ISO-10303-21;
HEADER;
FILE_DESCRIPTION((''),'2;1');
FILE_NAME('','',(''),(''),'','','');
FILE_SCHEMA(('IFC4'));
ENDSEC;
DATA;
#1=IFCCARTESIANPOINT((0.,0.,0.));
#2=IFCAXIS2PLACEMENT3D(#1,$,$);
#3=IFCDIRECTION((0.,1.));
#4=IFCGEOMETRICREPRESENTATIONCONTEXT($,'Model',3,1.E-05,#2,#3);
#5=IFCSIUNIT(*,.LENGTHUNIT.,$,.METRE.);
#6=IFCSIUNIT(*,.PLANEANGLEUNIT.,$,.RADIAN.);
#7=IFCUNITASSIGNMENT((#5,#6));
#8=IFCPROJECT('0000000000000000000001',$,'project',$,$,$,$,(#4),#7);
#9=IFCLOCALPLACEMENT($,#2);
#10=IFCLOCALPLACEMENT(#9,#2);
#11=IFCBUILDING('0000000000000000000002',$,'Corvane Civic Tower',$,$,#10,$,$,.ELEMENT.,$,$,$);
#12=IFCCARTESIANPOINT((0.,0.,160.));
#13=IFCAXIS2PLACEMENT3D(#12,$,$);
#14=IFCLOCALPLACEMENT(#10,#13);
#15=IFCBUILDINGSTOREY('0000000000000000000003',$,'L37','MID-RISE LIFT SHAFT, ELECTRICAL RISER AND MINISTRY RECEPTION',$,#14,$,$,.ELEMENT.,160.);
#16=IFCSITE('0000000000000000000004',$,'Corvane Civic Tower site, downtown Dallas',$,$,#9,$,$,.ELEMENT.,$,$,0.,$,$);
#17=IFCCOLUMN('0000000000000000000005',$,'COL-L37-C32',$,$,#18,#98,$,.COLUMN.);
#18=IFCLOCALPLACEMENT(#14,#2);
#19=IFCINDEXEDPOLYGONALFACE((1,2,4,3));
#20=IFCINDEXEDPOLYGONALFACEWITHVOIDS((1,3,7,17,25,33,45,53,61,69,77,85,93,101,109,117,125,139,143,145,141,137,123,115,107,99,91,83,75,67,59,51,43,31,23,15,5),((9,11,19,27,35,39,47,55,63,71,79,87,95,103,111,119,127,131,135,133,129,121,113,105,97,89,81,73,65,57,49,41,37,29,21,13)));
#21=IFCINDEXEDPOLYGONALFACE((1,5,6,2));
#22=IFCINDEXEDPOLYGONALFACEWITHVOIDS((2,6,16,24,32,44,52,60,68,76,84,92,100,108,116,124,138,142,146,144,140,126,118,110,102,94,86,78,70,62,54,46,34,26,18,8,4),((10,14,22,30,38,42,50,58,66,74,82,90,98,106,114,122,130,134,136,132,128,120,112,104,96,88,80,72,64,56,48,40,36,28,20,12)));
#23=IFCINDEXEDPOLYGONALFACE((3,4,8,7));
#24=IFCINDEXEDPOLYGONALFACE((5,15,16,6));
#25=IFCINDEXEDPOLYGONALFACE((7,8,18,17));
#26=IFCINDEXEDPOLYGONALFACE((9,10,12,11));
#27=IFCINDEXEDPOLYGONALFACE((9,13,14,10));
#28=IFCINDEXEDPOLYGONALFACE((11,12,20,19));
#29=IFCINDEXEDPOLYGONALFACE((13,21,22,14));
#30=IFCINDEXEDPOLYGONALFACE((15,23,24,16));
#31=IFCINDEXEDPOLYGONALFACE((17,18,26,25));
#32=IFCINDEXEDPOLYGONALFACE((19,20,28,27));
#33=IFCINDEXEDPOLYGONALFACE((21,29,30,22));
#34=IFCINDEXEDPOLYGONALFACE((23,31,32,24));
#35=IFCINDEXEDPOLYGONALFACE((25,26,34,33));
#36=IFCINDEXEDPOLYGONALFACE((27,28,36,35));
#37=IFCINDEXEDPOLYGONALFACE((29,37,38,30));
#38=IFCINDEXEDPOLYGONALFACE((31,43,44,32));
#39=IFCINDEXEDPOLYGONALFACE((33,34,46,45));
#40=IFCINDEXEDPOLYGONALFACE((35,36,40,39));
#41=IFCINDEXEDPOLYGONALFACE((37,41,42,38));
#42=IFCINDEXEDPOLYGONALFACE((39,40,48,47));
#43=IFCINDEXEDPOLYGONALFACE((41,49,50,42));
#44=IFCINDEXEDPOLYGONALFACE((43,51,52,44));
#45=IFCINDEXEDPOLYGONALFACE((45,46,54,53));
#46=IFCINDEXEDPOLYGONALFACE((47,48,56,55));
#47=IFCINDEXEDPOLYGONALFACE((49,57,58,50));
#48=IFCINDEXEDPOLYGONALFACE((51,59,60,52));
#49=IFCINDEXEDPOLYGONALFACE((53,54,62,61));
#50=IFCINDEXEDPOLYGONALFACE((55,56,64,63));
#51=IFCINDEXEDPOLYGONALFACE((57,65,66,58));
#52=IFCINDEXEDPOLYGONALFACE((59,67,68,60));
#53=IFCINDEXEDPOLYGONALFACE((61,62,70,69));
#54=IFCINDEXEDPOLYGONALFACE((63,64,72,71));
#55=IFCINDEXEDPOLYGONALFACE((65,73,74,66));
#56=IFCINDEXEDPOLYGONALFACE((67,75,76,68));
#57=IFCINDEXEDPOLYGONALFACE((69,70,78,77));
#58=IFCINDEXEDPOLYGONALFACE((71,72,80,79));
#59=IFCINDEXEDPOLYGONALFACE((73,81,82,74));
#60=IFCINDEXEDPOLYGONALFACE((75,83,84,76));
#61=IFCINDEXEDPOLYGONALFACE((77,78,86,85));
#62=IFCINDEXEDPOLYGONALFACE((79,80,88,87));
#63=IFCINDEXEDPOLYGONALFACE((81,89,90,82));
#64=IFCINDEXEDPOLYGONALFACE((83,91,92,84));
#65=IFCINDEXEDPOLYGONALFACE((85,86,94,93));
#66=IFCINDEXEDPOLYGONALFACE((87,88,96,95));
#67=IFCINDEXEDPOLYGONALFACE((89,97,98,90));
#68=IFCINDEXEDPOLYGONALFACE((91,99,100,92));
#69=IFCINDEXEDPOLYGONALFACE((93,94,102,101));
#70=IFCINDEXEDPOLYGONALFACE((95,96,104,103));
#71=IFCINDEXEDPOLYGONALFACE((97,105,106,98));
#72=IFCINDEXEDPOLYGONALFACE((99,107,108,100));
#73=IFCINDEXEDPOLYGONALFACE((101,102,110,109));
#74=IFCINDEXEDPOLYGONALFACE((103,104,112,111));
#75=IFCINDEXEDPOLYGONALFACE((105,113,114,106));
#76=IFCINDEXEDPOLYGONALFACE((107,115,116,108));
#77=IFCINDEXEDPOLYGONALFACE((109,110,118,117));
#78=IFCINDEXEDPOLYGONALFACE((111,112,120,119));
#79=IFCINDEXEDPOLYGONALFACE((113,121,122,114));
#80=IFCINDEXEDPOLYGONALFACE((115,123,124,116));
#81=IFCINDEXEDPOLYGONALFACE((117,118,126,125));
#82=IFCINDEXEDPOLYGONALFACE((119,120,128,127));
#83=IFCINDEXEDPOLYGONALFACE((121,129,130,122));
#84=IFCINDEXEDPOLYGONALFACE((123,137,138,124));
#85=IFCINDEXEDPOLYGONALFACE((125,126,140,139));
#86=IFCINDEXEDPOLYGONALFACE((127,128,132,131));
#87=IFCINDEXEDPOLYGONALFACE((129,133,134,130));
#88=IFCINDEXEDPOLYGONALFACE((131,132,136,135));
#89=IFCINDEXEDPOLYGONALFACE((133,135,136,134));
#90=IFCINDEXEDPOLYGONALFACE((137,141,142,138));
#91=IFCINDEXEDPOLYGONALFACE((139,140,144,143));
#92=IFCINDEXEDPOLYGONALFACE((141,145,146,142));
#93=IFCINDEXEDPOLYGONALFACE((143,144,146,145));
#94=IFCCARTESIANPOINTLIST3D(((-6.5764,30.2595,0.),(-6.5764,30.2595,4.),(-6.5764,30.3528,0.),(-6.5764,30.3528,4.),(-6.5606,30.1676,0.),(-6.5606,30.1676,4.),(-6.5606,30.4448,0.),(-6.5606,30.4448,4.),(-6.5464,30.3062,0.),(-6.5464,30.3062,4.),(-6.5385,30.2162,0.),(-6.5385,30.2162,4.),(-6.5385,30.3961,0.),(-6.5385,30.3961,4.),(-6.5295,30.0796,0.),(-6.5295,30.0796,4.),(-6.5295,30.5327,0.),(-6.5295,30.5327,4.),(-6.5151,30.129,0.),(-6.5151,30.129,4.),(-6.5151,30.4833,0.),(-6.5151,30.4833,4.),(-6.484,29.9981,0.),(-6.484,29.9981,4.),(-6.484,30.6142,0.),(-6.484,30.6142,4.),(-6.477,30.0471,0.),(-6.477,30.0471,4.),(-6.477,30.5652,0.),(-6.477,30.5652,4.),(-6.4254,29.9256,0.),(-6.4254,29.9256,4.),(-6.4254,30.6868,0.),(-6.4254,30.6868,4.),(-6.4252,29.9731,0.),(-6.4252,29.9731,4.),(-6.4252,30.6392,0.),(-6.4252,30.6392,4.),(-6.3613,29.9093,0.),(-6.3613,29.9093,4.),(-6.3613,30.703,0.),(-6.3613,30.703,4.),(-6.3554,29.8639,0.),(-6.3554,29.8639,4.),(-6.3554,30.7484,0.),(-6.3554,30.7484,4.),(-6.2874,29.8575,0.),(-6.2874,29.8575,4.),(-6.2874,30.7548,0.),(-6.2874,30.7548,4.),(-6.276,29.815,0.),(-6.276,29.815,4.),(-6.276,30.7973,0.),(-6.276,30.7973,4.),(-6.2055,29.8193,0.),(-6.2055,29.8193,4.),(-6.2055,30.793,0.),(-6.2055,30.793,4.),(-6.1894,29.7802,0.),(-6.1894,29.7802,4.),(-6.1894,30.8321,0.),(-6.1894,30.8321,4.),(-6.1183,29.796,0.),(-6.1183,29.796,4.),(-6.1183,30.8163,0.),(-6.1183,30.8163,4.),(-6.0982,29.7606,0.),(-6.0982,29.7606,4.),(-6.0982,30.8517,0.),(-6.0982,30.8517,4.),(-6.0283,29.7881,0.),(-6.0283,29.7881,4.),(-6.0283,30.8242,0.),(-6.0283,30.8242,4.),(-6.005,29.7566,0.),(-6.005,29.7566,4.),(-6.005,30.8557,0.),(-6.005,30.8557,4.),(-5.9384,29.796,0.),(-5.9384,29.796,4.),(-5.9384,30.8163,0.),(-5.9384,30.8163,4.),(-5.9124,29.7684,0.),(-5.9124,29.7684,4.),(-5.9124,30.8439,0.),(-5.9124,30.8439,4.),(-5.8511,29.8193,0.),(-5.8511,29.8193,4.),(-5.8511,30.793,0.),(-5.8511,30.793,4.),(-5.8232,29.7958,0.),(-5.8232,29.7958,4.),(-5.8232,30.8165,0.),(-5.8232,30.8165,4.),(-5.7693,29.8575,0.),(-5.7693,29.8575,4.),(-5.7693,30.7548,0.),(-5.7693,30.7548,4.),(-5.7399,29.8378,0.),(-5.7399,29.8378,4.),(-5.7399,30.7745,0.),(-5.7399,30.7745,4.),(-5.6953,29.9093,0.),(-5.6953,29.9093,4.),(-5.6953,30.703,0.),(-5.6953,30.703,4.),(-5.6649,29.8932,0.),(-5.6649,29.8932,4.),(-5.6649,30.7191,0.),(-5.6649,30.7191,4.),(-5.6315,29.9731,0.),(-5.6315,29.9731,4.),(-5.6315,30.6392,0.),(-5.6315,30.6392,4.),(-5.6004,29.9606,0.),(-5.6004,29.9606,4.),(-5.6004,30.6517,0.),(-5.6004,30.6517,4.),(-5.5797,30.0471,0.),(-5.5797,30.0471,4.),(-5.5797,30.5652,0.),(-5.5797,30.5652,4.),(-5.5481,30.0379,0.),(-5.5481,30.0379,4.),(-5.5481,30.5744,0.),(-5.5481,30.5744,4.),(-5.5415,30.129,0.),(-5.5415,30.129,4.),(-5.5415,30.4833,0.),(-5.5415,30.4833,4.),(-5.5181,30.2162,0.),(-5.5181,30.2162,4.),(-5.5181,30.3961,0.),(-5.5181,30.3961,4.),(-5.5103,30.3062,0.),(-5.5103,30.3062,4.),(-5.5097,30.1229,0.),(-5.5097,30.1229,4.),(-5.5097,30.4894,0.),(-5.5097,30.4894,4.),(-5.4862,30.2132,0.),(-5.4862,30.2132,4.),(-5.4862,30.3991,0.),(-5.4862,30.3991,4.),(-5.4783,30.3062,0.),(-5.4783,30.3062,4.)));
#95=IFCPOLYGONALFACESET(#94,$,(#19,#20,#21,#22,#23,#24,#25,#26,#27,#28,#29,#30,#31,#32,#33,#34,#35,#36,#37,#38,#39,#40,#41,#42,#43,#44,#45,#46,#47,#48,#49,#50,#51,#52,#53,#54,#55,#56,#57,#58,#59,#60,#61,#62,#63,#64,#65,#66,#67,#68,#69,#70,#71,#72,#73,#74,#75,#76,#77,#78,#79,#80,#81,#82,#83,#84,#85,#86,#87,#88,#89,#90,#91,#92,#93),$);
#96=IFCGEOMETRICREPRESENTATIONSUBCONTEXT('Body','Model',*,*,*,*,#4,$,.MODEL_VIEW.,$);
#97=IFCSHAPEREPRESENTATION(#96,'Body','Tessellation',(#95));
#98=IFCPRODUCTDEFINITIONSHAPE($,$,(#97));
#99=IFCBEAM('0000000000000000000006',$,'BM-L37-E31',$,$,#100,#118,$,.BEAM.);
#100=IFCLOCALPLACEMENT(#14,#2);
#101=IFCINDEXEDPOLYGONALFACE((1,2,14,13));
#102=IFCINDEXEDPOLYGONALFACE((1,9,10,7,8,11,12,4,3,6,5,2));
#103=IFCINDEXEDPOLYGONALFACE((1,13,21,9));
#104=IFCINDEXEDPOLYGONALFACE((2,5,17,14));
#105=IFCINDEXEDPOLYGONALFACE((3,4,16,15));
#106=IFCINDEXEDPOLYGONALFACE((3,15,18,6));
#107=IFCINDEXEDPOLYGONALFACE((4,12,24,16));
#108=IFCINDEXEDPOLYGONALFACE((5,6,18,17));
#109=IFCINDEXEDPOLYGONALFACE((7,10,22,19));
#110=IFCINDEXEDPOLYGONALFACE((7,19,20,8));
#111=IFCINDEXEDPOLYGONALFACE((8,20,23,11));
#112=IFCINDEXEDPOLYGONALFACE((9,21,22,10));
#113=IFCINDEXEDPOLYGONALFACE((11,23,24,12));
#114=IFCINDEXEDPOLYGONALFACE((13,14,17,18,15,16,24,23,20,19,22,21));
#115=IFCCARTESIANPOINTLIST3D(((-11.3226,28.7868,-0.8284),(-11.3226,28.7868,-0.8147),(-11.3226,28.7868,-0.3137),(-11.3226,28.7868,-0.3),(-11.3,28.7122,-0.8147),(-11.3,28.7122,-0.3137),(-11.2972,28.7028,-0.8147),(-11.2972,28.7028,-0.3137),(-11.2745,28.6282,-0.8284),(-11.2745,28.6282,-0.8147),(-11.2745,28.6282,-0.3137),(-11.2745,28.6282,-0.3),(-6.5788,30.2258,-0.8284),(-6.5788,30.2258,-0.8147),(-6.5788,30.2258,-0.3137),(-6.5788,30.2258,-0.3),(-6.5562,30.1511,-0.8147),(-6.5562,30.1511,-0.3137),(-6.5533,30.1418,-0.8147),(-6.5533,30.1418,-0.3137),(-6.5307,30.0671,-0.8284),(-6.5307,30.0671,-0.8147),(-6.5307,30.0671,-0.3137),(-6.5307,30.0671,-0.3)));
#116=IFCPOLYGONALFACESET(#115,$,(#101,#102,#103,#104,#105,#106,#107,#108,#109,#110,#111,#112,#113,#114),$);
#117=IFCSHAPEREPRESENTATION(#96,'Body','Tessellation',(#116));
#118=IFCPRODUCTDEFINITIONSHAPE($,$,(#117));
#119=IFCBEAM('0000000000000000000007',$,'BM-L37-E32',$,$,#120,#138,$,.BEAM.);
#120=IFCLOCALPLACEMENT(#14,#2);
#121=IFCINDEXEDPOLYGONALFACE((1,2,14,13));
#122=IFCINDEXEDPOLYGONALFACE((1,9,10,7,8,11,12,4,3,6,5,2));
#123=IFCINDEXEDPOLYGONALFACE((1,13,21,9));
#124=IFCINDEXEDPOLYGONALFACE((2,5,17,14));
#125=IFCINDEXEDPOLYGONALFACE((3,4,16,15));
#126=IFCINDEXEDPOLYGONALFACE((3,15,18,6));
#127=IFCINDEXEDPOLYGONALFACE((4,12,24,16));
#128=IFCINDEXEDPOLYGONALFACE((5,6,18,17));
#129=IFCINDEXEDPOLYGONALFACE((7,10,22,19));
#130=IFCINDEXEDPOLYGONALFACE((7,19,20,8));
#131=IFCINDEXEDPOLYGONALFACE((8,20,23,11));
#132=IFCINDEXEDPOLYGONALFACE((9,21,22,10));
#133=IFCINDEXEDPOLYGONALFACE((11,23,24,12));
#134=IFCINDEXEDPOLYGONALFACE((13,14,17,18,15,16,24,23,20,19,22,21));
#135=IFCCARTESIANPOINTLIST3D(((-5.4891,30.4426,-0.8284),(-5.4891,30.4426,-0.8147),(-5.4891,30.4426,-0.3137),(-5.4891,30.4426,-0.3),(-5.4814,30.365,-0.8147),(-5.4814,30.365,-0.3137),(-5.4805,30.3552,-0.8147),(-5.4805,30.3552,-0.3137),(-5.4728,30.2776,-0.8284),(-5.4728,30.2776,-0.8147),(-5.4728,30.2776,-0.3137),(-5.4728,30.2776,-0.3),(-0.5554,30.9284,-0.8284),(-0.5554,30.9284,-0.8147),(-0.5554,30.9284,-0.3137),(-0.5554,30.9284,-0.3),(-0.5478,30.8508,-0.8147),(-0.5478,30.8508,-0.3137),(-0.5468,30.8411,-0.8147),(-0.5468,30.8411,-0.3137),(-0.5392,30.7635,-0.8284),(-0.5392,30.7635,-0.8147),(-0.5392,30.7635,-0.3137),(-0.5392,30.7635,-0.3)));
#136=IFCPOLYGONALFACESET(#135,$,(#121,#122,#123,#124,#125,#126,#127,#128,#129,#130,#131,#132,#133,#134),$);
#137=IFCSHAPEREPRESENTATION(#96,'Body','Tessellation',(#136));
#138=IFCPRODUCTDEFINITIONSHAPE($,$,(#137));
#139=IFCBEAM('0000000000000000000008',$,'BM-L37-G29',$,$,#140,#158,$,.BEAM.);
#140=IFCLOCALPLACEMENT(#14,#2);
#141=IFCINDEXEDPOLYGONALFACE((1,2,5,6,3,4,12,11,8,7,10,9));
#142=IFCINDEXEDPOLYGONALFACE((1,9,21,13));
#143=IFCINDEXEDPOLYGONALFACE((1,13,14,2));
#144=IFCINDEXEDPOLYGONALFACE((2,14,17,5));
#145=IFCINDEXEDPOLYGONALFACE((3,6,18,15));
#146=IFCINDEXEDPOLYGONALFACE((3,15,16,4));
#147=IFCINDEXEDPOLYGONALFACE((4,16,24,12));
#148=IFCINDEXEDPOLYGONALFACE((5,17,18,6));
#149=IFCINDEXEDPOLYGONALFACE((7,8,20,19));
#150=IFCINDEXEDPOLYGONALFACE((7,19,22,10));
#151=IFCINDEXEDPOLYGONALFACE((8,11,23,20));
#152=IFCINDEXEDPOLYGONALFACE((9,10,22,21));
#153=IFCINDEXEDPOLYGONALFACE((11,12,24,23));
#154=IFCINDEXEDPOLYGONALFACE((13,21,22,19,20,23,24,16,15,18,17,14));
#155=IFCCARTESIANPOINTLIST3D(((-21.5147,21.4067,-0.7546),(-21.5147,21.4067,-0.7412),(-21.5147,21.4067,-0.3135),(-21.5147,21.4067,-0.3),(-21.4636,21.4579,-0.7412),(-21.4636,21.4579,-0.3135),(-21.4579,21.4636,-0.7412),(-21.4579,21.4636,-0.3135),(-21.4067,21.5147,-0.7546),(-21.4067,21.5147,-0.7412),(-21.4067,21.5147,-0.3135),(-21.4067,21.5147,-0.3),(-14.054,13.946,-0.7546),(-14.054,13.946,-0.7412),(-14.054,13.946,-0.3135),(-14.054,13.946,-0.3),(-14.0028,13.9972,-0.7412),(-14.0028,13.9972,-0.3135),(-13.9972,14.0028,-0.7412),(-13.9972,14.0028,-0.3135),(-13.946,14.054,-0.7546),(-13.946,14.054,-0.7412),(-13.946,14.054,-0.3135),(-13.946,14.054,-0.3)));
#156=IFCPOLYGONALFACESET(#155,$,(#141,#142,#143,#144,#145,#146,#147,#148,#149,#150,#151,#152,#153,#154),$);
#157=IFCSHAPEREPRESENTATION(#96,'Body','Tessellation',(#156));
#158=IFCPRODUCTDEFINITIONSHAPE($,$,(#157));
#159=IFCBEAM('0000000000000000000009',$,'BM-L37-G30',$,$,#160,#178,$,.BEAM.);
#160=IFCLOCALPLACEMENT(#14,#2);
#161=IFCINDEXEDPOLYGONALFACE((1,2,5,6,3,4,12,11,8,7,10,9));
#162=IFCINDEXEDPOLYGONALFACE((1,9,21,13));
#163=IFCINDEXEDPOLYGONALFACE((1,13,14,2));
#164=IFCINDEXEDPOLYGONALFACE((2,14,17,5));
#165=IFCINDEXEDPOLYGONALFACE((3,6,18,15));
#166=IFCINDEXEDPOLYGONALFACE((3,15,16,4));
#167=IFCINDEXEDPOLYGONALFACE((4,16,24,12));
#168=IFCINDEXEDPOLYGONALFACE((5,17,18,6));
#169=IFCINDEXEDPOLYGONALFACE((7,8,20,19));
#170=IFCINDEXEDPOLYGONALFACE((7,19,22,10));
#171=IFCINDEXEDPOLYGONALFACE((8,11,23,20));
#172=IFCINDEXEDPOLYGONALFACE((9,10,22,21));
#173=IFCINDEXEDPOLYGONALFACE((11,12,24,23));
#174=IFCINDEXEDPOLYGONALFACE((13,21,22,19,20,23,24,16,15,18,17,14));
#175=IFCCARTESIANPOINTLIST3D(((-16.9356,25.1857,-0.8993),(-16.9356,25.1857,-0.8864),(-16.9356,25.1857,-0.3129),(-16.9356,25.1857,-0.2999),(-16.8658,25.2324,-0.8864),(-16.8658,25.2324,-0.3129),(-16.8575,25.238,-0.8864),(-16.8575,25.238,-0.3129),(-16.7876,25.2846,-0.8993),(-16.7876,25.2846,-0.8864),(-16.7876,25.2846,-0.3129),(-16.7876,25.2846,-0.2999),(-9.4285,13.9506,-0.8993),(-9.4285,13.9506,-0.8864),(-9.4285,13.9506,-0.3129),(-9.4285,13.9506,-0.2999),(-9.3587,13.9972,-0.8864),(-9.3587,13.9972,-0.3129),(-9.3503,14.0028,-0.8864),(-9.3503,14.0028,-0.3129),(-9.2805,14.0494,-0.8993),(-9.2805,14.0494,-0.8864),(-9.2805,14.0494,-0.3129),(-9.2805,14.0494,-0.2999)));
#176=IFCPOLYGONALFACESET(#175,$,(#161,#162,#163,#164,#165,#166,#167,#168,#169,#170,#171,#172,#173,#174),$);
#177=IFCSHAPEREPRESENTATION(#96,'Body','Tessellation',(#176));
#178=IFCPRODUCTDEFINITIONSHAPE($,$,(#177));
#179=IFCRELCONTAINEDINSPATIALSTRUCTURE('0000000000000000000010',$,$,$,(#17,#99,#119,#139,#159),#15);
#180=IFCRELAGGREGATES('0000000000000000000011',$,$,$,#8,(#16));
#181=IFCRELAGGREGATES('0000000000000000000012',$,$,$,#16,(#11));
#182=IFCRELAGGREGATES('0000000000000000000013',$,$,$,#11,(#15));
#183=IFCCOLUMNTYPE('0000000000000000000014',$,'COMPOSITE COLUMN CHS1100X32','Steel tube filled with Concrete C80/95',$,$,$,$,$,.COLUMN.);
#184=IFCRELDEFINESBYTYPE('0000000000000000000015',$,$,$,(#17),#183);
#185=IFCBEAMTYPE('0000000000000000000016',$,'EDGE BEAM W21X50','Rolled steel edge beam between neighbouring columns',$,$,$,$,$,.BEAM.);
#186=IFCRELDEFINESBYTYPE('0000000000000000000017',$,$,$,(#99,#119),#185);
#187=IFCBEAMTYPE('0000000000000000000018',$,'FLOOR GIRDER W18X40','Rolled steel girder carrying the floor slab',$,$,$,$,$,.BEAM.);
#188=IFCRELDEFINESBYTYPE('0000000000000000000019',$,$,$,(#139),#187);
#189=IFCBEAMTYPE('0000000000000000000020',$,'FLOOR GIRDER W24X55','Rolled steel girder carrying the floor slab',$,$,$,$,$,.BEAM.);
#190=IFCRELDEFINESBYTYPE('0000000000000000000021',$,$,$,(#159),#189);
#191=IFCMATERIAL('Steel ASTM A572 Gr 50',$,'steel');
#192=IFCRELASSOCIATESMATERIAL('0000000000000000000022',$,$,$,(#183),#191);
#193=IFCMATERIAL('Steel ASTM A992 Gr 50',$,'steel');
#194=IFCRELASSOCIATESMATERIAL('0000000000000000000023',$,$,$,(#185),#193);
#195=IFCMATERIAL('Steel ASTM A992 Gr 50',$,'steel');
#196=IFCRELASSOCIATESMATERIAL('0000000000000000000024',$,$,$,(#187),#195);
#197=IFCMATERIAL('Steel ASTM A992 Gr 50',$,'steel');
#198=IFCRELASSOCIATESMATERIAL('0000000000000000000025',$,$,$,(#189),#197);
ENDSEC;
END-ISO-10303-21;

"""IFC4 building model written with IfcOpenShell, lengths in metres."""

from ifc_helpers import new_model, si_unit, direction, frame, origin, origin_2d, place, context, subcontext, project, spatial, hollow_circle, i_section, extrude, material, material_profile, profile_set, type_object, element, save


model = new_model("IFC4")

# Units and contexts
model_context = context("Model", 3, precision=1e-05, world=origin(), true_north=direction((0.0, 1.0)))
body_context = subcontext(model_context, "Body", "Model", "MODEL_VIEW")
ifc_project = project(units=[si_unit("LENGTHUNIT", "METRE"), si_unit("PLANEANGLEUNIT", "RADIAN")], contexts=[model_context])

# Site, building, storey
site_placement = place(None, origin())
site = spatial("IfcSite", under=ifc_project, at=site_placement, Name="Corvane Civic Tower site, downtown Dallas", CompositionType="ELEMENT", RefElevation=0.0)
building_placement = place(site_placement, origin())
building = spatial("IfcBuilding", under=site, at=building_placement, Name="Corvane Civic Tower", CompositionType="ELEMENT")
storey_placement = place(building_placement, frame((0.0, 0.0, 160.0)))
storey = spatial("IfcBuildingStorey", under=building, at=storey_placement, Name="L37", Description="MID-RISE LIFT SHAFT, ELECTRICAL RISER AND MINISTRY RECEPTION", CompositionType="ELEMENT", Elevation=160.0)

# Column
ifc_material_1 = material(Name="Steel ASTM A572 Gr 50", Category="steel")
ifc_material_profile_1 = material_profile(ifc_material_1, hollow_circle(Radius=0.55, WallThickness=0.032, at=origin_2d()), Name="CHS1100X32")
ifc_profile_set_1 = profile_set([ifc_material_profile_1], Name="Steel ASTM A572 Gr 50")
column_type = type_object("IfcColumnType", Name="COMPOSITE COLUMN CHS1100X32", Description="Steel tube filled with Concrete C80/95", PredefinedType="COLUMN", material=ifc_profile_set_1)
for number, where, z_axis, x_axis, name in (
    (1, (-6.0283, 30.3062, 0.0), (0.0, 0.0, 1.0), (1.0, 0.0, 0.0), "COL-L37-C32"),
):
    element("IfcColumn", number, at=place(storey_placement, frame(where, z_axis=z_axis, x_axis=x_axis)), inside=storey, type_object=column_type, Name=name, PredefinedType="COLUMN", context=body_context, shape_type="SweptSolid", body=[
        extrude(hollow_circle(Radius=0.55, WallThickness=0.032, at=origin_2d()), origin(), (0.0, 0.0, 1.0), 4.0),
    ])

# Beams
ifc_material_2 = material(Name="Steel ASTM A992 Gr 50", Category="steel")
ifc_material_profile_2 = material_profile(ifc_material_2, i_section(OverallWidth=0.1658, OverallDepth=0.5283, WebThickness=0.0098, FlangeThickness=0.0137, at=origin_2d()), Name="W21X50")
ifc_profile_set_2 = profile_set([ifc_material_profile_2], Name="Steel ASTM A992 Gr 50")
beam_type_1 = type_object("IfcBeamType", Name="EDGE BEAM W21X50", Description="Rolled steel edge beam between neighbouring columns", PredefinedType="BEAM", material=ifc_profile_set_2)
beam_1_placement = place(storey_placement, frame((-11.2986, 28.7075, -0.5642), z_axis=(0.956945, 0.29027, 0.0), x_axis=(-0.29027, 0.956945, 0.0)))
element("IfcBeam", 2, at=beam_1_placement, inside=storey, type_object=beam_type_1, Name="BM-L37-E31", PredefinedType="BEAM", context=body_context, shape_type="SweptSolid", body=[
    extrude(i_section(OverallWidth=0.1658, OverallDepth=0.5283, WebThickness=0.0098, FlangeThickness=0.0137, at=origin_2d()), origin(), (0.0, 0.0, 1.0), 4.9573),
])
beam_2_placement = place(storey_placement, frame((-5.481, 30.3601, -0.5642), z_axis=(0.995186, 0.098002, 0.0), x_axis=(-0.098002, 0.995186, 0.0)))
element("IfcBeam", 3, at=beam_2_placement, inside=storey, type_object=beam_type_1, Name="BM-L37-E32", PredefinedType="BEAM", context=body_context, shape_type="SweptSolid", body=[
    extrude(i_section(OverallWidth=0.1658, OverallDepth=0.5283, WebThickness=0.0098, FlangeThickness=0.0137, at=origin_2d()), origin(), (0.0, 0.0, 1.0), 4.9575),
])
ifc_material_3 = material(Name="Steel ASTM A992 Gr 50", Category="steel")
ifc_material_profile_3 = material_profile(ifc_material_3, i_section(OverallWidth=0.1528, OverallDepth=0.4546, WebThickness=0.0081, FlangeThickness=0.0134, at=origin_2d()), Name="W18X40")
ifc_profile_set_3 = profile_set([ifc_material_profile_3], Name="Steel ASTM A992 Gr 50")
beam_type_2 = type_object("IfcBeamType", Name="FLOOR GIRDER W18X40", Description="Rolled steel girder carrying the floor slab", PredefinedType="BEAM", material=ifc_profile_set_3)
beam_3_placement = place(storey_placement, frame((-14.0, 14.0, -0.5273), z_axis=(-0.707107, 0.707107, 0.0), x_axis=(-0.707107, -0.707107, 0.0)))
element("IfcBeam", 4, at=beam_3_placement, inside=storey, type_object=beam_type_2, Name="BM-L37-G29", PredefinedType="BEAM", context=body_context, shape_type="SweptSolid", body=[
    extrude(i_section(OverallWidth=0.1528, OverallDepth=0.4546, WebThickness=0.0081, FlangeThickness=0.0134, at=origin_2d()), origin(), (0.0, 0.0, 1.0), 10.551),
])
ifc_material_4 = material(Name="Steel ASTM A992 Gr 50", Category="steel")
ifc_material_profile_4 = material_profile(ifc_material_4, i_section(OverallWidth=0.178, OverallDepth=0.5994, WebThickness=0.01, FlangeThickness=0.0129, at=origin_2d()), Name="W24X55")
ifc_profile_set_4 = profile_set([ifc_material_profile_4], Name="Steel ASTM A992 Gr 50")
beam_type_3 = type_object("IfcBeamType", Name="FLOOR GIRDER W24X55", Description="Rolled steel girder carrying the floor slab", PredefinedType="BEAM", material=ifc_profile_set_4)
beam_4_placement = place(storey_placement, frame((-9.3545, 14.0, -0.5996), z_axis=(-0.555571, 0.831469, 0.0), x_axis=(-0.831469, -0.555571, 0.0)))
element("IfcBeam", 5, at=beam_4_placement, inside=storey, type_object=beam_type_3, Name="BM-L37-G30", PredefinedType="BEAM", context=body_context, shape_type="SweptSolid", body=[
    extrude(i_section(OverallWidth=0.178, OverallDepth=0.5994, WebThickness=0.01, FlangeThickness=0.0129, at=origin_2d()), origin(), (0.0, 0.0, 1.0), 13.5125),
])

save(model, "model.ifc")
